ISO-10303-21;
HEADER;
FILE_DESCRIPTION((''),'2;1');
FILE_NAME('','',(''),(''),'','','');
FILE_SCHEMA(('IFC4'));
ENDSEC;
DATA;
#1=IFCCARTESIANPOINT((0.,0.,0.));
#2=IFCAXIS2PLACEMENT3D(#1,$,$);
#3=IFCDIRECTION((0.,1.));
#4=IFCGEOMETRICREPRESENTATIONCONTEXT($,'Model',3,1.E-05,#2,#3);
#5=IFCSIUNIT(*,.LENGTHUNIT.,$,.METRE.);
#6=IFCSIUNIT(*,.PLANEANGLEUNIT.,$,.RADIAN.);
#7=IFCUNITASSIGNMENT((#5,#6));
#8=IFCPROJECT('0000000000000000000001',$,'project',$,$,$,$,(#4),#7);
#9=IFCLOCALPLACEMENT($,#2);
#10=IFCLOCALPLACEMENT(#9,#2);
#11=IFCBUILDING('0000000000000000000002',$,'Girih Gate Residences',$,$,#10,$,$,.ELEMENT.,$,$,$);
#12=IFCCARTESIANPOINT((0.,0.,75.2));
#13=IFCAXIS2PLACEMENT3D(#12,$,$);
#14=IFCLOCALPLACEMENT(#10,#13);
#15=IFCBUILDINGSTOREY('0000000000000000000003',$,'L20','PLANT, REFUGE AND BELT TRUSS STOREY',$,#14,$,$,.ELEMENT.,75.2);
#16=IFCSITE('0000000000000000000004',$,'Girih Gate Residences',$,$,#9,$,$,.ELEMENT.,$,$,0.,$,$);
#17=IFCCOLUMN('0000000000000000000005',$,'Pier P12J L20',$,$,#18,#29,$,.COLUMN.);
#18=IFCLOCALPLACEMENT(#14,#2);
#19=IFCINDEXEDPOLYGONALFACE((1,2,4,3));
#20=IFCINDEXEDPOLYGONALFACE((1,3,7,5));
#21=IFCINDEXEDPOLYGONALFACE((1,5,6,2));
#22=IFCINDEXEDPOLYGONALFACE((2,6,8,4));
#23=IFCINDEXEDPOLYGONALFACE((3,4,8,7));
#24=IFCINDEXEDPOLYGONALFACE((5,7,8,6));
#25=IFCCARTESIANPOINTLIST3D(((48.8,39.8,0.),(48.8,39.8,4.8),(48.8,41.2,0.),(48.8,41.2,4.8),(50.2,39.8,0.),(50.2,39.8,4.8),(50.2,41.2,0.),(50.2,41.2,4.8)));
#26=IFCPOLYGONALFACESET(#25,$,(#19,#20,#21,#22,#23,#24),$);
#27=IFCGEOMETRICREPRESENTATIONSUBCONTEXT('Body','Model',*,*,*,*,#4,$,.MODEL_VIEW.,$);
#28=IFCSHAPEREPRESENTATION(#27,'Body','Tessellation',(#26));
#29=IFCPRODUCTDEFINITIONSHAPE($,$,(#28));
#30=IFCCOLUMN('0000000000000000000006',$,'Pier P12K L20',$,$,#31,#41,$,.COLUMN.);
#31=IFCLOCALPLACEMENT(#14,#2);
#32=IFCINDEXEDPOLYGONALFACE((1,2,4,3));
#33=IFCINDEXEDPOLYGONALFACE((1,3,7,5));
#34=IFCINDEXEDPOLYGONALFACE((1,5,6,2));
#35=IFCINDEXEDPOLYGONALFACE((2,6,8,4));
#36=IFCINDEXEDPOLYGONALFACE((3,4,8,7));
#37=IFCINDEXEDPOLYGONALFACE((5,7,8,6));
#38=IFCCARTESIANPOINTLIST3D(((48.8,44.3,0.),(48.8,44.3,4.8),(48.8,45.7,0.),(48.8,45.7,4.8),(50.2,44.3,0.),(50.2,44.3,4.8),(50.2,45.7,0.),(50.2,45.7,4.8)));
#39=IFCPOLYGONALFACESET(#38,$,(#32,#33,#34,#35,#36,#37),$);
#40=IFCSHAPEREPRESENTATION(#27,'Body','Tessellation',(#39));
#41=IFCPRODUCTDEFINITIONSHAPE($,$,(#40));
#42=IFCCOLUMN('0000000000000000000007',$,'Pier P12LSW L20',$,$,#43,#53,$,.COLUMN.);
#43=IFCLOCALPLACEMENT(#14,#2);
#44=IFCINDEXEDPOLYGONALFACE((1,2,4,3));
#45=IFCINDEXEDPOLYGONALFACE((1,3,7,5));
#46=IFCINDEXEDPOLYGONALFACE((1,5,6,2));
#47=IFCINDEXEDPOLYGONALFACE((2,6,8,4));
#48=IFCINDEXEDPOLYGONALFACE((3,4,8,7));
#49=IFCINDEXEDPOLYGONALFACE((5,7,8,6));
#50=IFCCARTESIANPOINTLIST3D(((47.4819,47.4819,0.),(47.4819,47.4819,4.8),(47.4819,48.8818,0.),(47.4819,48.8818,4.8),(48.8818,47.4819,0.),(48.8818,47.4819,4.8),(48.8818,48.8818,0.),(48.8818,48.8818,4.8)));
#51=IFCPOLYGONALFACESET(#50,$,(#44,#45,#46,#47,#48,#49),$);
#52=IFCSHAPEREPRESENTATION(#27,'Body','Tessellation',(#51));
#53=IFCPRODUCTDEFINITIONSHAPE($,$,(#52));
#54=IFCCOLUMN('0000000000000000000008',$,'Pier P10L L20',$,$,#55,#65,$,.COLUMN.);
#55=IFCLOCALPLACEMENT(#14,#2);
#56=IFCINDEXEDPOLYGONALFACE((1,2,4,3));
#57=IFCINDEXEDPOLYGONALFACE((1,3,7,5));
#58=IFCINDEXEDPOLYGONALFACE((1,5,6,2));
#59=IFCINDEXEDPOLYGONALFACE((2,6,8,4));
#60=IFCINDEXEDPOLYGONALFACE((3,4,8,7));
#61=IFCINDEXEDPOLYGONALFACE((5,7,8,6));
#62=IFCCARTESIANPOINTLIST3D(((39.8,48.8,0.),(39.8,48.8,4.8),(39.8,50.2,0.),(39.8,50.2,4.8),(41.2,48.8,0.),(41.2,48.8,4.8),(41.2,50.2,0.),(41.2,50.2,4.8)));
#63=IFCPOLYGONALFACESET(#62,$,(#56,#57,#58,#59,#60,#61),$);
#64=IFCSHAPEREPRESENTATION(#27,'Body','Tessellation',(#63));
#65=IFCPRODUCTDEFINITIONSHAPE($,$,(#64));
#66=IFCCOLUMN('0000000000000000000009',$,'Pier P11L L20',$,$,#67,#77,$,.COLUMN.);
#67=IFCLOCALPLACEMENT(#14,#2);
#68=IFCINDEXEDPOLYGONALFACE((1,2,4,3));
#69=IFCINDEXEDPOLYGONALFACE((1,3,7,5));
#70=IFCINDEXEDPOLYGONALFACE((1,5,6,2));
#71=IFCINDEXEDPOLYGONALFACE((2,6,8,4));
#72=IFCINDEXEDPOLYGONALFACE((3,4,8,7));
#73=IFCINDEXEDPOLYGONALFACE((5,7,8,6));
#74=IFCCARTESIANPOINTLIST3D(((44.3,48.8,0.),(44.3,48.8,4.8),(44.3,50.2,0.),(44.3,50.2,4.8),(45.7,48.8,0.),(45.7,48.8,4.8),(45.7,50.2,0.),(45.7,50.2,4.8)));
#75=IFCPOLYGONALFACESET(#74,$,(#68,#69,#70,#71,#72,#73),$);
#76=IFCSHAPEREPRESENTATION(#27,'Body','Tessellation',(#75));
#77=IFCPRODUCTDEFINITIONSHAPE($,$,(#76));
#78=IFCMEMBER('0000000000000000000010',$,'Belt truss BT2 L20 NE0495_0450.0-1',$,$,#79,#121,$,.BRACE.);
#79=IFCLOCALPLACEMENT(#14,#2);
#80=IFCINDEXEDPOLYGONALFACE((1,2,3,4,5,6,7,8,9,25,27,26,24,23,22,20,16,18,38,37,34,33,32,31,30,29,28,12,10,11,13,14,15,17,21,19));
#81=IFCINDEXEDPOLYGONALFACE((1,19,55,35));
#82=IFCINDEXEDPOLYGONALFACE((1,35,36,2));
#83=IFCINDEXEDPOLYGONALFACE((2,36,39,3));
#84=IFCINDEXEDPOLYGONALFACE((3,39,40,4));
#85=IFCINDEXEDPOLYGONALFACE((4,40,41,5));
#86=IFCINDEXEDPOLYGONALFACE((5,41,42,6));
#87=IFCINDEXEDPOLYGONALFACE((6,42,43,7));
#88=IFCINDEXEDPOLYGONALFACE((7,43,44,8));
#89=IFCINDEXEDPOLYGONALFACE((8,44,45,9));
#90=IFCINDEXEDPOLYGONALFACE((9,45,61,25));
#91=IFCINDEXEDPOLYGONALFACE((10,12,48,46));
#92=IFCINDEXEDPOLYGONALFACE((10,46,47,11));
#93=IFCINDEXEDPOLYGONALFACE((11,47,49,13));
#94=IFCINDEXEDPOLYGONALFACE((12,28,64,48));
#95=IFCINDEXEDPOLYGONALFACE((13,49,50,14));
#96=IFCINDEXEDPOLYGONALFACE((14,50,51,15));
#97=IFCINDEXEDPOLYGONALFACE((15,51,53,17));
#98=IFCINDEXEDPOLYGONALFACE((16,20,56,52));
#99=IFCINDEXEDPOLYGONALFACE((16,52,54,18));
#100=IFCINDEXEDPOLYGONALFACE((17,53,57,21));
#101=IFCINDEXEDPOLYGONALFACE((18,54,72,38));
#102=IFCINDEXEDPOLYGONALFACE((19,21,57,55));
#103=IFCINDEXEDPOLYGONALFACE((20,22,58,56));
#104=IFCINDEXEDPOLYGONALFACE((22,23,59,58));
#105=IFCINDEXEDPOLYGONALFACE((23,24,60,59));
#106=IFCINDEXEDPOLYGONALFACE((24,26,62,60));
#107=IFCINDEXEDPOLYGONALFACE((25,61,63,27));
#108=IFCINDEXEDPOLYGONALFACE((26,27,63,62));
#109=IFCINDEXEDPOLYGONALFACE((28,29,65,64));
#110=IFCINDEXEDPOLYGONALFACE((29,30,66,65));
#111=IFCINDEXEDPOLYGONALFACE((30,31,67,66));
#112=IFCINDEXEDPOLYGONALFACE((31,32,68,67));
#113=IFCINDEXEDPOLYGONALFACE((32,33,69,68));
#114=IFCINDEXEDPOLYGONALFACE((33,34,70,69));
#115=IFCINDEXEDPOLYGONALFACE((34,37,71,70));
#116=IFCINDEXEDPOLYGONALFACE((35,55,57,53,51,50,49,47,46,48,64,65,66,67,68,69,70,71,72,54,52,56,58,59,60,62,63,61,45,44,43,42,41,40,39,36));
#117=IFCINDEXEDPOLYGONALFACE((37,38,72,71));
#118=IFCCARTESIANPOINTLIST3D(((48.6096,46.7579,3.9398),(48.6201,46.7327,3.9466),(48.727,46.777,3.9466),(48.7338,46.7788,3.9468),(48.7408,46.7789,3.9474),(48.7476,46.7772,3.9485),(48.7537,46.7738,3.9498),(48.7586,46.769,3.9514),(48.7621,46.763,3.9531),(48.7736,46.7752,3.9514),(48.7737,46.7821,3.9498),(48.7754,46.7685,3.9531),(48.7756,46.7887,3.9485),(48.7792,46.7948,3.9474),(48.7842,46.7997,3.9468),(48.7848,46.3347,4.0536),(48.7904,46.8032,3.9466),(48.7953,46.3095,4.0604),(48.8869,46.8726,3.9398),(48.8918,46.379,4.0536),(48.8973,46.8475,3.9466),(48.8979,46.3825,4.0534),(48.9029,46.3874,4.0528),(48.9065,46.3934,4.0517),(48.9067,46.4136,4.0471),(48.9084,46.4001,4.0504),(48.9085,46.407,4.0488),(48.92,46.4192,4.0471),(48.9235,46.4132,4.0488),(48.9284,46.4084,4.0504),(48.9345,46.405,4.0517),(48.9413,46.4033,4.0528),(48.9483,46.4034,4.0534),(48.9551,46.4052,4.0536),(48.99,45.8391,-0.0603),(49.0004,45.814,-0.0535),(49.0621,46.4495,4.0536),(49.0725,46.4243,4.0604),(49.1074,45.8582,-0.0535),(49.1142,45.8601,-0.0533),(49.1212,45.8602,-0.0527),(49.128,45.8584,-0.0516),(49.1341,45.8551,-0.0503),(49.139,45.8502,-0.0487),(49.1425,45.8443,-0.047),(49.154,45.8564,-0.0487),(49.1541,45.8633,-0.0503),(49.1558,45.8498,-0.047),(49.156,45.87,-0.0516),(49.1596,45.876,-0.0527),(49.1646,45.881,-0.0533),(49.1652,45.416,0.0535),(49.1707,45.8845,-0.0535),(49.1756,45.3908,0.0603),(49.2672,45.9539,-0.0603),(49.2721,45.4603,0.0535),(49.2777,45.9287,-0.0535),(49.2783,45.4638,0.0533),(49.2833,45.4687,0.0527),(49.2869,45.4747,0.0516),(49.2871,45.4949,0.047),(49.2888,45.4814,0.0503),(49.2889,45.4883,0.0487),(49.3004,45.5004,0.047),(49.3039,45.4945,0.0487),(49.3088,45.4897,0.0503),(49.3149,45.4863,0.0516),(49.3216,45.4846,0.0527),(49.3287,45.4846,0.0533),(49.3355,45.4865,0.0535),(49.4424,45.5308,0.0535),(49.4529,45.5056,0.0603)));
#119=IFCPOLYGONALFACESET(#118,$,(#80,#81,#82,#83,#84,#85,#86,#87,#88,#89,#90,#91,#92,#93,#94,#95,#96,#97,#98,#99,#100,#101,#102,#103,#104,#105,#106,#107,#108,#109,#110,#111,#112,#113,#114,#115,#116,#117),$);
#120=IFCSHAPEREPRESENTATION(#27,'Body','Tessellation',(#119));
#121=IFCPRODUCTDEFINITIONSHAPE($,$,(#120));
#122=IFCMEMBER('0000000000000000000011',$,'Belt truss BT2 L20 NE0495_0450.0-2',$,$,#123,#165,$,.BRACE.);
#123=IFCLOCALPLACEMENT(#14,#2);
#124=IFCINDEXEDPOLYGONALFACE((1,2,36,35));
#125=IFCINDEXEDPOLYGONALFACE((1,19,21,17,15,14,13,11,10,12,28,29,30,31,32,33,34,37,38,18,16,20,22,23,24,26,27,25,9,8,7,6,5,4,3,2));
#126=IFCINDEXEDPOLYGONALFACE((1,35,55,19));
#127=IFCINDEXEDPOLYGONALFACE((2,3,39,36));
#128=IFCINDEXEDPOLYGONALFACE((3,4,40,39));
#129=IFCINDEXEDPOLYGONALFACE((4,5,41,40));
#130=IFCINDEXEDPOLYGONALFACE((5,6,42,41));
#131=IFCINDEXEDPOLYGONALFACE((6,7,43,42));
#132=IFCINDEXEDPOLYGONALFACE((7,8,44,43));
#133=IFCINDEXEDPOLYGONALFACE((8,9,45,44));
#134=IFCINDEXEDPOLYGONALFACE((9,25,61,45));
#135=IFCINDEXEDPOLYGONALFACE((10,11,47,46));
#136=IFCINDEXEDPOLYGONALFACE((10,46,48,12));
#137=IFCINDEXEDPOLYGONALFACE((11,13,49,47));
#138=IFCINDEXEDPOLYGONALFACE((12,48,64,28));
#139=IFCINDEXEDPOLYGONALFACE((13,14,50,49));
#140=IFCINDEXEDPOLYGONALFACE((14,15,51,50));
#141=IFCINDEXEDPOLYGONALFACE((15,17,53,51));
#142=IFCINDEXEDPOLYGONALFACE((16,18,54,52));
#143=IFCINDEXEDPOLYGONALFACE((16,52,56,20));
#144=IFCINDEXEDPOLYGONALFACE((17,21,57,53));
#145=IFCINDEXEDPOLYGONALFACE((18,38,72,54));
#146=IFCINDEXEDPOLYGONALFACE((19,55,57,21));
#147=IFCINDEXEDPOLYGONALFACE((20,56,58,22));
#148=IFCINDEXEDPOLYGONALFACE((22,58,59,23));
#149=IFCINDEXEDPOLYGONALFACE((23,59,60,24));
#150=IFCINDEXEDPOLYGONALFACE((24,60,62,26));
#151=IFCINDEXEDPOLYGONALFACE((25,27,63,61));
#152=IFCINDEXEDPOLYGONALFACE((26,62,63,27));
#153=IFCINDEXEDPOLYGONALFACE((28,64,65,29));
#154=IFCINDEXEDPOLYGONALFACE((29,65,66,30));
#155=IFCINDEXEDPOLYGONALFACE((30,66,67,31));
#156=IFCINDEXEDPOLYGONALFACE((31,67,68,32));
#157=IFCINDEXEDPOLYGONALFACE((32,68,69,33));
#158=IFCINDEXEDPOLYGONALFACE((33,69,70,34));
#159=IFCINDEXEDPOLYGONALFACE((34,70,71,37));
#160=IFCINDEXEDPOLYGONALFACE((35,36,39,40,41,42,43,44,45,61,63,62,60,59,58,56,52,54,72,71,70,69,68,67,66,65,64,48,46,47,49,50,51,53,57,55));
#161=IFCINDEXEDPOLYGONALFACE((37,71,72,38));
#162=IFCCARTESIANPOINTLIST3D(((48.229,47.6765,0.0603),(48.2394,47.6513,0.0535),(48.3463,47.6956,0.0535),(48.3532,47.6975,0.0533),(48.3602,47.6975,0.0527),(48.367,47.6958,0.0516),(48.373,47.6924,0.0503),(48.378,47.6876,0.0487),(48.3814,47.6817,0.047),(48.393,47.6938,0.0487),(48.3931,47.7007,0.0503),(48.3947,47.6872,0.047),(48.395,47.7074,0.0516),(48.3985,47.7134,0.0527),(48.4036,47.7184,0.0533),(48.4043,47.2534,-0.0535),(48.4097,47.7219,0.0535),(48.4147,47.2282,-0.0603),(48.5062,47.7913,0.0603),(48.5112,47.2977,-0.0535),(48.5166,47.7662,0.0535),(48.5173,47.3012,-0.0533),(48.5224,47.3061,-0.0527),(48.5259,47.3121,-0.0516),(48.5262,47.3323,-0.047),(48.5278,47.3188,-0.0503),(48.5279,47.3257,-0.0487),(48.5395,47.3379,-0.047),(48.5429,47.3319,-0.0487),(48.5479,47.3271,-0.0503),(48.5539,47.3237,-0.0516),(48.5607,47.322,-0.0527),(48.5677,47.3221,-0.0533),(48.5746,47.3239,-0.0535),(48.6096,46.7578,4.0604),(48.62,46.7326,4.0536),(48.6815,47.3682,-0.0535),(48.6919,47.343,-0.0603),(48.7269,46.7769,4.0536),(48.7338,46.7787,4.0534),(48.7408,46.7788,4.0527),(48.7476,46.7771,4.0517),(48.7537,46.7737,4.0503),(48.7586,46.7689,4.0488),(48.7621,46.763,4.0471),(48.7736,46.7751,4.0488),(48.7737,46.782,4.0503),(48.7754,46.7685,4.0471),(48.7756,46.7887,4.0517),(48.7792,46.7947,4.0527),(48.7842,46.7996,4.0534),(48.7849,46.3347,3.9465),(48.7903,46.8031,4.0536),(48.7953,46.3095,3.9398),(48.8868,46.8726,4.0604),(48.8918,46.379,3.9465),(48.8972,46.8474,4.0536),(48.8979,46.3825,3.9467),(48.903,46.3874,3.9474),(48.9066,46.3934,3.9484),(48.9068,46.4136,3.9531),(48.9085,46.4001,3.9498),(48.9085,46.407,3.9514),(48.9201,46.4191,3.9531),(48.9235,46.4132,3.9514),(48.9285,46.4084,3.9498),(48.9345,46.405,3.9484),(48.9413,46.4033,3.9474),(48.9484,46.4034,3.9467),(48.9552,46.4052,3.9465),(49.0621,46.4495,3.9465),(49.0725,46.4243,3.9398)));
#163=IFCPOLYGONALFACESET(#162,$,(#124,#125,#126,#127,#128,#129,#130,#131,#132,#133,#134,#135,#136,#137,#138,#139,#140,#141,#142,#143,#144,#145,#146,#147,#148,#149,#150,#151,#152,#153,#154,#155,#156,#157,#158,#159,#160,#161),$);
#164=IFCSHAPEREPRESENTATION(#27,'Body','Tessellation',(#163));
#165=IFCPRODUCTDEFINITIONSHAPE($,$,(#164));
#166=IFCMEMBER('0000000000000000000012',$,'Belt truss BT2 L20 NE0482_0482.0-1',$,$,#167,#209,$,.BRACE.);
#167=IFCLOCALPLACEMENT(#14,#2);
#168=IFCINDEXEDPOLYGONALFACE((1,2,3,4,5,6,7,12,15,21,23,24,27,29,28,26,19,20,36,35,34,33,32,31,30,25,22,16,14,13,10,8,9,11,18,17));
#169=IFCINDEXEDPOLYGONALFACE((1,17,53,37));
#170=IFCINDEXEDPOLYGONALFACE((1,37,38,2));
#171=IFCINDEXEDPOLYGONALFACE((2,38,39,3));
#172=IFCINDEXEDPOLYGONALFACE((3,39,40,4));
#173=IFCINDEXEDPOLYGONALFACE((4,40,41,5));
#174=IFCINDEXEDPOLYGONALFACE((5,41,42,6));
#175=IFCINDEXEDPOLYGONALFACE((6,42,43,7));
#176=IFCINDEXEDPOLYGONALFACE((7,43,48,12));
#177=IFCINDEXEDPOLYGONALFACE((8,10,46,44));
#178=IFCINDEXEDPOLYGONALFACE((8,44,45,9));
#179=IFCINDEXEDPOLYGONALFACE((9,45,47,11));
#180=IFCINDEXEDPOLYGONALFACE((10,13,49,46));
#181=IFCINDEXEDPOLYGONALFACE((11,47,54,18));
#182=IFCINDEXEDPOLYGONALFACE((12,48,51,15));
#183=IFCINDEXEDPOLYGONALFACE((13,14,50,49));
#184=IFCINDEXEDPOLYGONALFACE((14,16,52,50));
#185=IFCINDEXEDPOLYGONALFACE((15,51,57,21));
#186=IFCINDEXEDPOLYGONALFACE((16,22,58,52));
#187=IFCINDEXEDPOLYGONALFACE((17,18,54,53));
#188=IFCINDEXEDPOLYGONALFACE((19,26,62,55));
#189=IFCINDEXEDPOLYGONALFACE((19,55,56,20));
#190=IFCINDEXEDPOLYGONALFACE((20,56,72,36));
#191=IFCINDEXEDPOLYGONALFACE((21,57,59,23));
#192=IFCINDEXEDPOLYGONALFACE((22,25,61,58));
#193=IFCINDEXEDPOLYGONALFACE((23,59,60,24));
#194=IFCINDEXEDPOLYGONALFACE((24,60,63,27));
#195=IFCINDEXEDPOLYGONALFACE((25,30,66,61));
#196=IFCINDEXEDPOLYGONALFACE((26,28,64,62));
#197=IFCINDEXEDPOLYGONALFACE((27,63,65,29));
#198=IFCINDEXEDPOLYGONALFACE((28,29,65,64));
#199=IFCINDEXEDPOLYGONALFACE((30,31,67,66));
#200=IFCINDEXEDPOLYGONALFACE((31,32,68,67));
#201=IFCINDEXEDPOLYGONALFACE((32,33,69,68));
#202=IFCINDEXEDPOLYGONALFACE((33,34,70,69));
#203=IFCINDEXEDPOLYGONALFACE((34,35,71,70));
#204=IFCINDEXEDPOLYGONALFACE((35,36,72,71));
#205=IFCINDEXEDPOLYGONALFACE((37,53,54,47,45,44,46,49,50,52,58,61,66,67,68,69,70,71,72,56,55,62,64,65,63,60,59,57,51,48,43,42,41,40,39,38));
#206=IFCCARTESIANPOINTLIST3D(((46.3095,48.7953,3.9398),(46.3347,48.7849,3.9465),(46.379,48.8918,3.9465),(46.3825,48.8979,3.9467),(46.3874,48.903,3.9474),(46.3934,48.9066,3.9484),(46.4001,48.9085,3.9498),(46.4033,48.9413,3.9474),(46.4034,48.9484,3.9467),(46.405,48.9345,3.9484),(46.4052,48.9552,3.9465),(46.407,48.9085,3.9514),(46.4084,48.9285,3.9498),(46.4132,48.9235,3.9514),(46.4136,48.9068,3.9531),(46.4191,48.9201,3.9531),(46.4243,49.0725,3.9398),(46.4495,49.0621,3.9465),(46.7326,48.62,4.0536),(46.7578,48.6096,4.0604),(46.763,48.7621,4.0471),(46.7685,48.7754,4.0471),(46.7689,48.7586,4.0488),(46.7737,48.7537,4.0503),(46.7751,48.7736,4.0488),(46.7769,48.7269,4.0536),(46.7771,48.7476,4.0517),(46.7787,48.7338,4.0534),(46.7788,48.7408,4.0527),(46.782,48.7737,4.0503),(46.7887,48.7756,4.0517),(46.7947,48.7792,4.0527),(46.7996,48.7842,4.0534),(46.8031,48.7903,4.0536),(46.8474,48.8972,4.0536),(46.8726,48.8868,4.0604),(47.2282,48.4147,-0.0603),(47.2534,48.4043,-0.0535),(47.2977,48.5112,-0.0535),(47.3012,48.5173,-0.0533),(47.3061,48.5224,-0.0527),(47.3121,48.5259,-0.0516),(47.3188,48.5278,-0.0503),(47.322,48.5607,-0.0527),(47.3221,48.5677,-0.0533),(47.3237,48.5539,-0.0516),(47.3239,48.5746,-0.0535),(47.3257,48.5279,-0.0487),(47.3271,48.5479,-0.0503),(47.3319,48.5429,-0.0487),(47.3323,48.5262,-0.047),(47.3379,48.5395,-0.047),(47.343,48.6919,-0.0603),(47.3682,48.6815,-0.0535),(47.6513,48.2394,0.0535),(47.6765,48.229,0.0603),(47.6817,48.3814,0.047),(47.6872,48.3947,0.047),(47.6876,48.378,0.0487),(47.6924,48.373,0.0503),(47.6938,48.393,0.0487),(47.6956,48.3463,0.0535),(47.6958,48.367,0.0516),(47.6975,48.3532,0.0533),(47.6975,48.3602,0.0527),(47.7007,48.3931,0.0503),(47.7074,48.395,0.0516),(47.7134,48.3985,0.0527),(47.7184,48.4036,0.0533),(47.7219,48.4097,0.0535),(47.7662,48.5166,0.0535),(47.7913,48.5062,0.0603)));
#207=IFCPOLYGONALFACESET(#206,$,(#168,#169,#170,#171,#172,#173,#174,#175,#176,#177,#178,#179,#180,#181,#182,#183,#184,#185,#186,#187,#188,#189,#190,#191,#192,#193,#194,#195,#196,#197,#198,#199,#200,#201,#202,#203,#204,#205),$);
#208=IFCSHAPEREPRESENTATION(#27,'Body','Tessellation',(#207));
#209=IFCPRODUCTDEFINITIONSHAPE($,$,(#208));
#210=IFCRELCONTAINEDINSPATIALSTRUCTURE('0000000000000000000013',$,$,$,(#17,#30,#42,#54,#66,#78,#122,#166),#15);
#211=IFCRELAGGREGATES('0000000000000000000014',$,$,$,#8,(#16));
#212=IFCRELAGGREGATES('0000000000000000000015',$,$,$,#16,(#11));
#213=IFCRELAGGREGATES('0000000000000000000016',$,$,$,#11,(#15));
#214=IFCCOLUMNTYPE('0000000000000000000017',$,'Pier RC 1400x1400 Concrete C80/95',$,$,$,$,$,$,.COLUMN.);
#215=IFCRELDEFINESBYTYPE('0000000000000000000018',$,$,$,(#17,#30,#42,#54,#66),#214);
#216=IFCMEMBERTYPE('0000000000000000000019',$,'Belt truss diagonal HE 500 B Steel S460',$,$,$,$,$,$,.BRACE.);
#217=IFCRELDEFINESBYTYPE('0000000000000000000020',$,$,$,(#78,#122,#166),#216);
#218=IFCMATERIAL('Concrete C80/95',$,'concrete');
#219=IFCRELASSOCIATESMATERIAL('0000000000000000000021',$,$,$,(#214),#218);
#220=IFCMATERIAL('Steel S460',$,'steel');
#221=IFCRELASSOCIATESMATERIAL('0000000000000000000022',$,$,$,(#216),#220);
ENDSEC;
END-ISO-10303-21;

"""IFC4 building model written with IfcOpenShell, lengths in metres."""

from ifc_helpers import new_model, si_unit, direction, frame, origin, origin_2d, place, context, subcontext, project, spatial, rectangle, i_section, extrude, material, material_profile, profile_set, type_object, element, save


model = new_model("IFC4")

# Units and contexts
model_context = context("Model", 3, precision=1e-05, world=origin(), true_north=direction((0.0, 1.0)))
body_context = subcontext(model_context, "Body", "Model", "MODEL_VIEW")
ifc_project = project(units=[si_unit("LENGTHUNIT", "METRE"), si_unit("PLANEANGLEUNIT", "RADIAN")], contexts=[model_context])

# Site, building, storey
site_placement = place(None, origin())
site = spatial("IfcSite", under=ifc_project, at=site_placement, Name="Girih Gate Residences", CompositionType="ELEMENT", RefElevation=0.0)
building_placement = place(site_placement, origin())
building = spatial("IfcBuilding", under=site, at=building_placement, Name="Girih Gate Residences", CompositionType="ELEMENT")
storey_placement = place(building_placement, frame((0.0, 0.0, 75.2)))
storey = spatial("IfcBuildingStorey", under=building, at=storey_placement, Name="L20", Description="PLANT, REFUGE AND BELT TRUSS STOREY", CompositionType="ELEMENT", Elevation=75.2)

# Columns
ifc_material_1 = material(Name="Concrete C80/95", Category="concrete")
ifc_material_profile_1 = material_profile(ifc_material_1, rectangle(XDim=1.3999, YDim=1.3999, at=origin_2d()))
ifc_profile_set_1 = profile_set([ifc_material_profile_1], Name="Concrete C80/95")
column_type = type_object("IfcColumnType", Name="Pier RC 1400x1400 Concrete C80/95", PredefinedType="COLUMN", material=ifc_profile_set_1)
for number, where, z_axis, x_axis, name in (
    (1, (49.5, 40.5, 0.0), (0.0, 0.0, 1.0), (1.0, 0.0, 0.0), "Pier P12J L20"),
    (2, (49.5, 45.0, 0.0), (0.0, 0.0, 1.0), (1.0, 0.0, 0.0), "Pier P12K L20"),
    (3, (48.1819, 48.1819, 0.0), (0.0, 0.0, 1.0), (1.0, 0.0, 0.0), "Pier P12LSW L20"),
    (4, (40.5, 49.5, 0.0), (0.0, 0.0, 1.0), (1.0, 0.0, 0.0), "Pier P10L L20"),
    (5, (45.0, 49.5, 0.0), (0.0, 0.0, 1.0), (1.0, 0.0, 0.0), "Pier P11L L20"),
):
    element("IfcColumn", number, at=place(storey_placement, frame(where, z_axis=z_axis, x_axis=x_axis)), inside=storey, type_object=column_type, Name=name, PredefinedType="COLUMN", context=body_context, shape_type="SweptSolid", body=[
        extrude(rectangle(XDim=1.3999, YDim=1.3999, at=origin_2d()), origin(), (0.0, 0.0, 1.0), 4.8),
    ])

# Members
ifc_material_2 = material(Name="Steel S460", Category="steel")
ifc_material_profile_2 = material_profile(ifc_material_2, i_section(OverallWidth=0.3, OverallDepth=0.5, WebThickness=0.0144, FlangeThickness=0.0281, FilletRadius=0.0271, at=origin_2d()))
ifc_profile_set_2 = profile_set([ifc_material_profile_2], Name="Steel S460")
member_type_1 = type_object("IfcMemberType", Name="Belt truss diagonal HE 500 B Steel S460", PredefinedType="BRACE", material=ifc_profile_set_2)
for number, where, z_axis, x_axis, name in (
    (6, (49.2214, 45.6724, 0.0), (-0.092284, 0.222892, 0.970465), (-0.923939, -0.38254, 0.0), "Belt truss BT2 L20 NE0495_0450.0-1"),
    (7, (48.4604, 47.5098, 0.0), (0.092343, -0.222891, 0.97046), (0.923852, 0.382749, 0.0), "Belt truss BT2 L20 NE0495_0450.0-2"),
    (8, (47.5098, 48.4604, 0.0), (-0.222891, 0.092343, 0.97046), (-0.382749, -0.923852, 0.0), "Belt truss BT2 L20 NE0482_0482.0-1"),
):
    element("IfcMember", number, at=place(storey_placement, frame(where, z_axis=z_axis, x_axis=x_axis)), inside=storey, type_object=member_type_1, Name=name, PredefinedType="BRACE", context=body_context, shape_type="SweptSolid", body=[
        extrude(i_section(OverallWidth=0.3, OverallDepth=0.5, WebThickness=0.0144, FlangeThickness=0.0281, FilletRadius=0.0271, at=origin_2d()), origin(), (0.0, 0.0, 1.0), 4.1218),
    ])

save(model, "model.ifc")
